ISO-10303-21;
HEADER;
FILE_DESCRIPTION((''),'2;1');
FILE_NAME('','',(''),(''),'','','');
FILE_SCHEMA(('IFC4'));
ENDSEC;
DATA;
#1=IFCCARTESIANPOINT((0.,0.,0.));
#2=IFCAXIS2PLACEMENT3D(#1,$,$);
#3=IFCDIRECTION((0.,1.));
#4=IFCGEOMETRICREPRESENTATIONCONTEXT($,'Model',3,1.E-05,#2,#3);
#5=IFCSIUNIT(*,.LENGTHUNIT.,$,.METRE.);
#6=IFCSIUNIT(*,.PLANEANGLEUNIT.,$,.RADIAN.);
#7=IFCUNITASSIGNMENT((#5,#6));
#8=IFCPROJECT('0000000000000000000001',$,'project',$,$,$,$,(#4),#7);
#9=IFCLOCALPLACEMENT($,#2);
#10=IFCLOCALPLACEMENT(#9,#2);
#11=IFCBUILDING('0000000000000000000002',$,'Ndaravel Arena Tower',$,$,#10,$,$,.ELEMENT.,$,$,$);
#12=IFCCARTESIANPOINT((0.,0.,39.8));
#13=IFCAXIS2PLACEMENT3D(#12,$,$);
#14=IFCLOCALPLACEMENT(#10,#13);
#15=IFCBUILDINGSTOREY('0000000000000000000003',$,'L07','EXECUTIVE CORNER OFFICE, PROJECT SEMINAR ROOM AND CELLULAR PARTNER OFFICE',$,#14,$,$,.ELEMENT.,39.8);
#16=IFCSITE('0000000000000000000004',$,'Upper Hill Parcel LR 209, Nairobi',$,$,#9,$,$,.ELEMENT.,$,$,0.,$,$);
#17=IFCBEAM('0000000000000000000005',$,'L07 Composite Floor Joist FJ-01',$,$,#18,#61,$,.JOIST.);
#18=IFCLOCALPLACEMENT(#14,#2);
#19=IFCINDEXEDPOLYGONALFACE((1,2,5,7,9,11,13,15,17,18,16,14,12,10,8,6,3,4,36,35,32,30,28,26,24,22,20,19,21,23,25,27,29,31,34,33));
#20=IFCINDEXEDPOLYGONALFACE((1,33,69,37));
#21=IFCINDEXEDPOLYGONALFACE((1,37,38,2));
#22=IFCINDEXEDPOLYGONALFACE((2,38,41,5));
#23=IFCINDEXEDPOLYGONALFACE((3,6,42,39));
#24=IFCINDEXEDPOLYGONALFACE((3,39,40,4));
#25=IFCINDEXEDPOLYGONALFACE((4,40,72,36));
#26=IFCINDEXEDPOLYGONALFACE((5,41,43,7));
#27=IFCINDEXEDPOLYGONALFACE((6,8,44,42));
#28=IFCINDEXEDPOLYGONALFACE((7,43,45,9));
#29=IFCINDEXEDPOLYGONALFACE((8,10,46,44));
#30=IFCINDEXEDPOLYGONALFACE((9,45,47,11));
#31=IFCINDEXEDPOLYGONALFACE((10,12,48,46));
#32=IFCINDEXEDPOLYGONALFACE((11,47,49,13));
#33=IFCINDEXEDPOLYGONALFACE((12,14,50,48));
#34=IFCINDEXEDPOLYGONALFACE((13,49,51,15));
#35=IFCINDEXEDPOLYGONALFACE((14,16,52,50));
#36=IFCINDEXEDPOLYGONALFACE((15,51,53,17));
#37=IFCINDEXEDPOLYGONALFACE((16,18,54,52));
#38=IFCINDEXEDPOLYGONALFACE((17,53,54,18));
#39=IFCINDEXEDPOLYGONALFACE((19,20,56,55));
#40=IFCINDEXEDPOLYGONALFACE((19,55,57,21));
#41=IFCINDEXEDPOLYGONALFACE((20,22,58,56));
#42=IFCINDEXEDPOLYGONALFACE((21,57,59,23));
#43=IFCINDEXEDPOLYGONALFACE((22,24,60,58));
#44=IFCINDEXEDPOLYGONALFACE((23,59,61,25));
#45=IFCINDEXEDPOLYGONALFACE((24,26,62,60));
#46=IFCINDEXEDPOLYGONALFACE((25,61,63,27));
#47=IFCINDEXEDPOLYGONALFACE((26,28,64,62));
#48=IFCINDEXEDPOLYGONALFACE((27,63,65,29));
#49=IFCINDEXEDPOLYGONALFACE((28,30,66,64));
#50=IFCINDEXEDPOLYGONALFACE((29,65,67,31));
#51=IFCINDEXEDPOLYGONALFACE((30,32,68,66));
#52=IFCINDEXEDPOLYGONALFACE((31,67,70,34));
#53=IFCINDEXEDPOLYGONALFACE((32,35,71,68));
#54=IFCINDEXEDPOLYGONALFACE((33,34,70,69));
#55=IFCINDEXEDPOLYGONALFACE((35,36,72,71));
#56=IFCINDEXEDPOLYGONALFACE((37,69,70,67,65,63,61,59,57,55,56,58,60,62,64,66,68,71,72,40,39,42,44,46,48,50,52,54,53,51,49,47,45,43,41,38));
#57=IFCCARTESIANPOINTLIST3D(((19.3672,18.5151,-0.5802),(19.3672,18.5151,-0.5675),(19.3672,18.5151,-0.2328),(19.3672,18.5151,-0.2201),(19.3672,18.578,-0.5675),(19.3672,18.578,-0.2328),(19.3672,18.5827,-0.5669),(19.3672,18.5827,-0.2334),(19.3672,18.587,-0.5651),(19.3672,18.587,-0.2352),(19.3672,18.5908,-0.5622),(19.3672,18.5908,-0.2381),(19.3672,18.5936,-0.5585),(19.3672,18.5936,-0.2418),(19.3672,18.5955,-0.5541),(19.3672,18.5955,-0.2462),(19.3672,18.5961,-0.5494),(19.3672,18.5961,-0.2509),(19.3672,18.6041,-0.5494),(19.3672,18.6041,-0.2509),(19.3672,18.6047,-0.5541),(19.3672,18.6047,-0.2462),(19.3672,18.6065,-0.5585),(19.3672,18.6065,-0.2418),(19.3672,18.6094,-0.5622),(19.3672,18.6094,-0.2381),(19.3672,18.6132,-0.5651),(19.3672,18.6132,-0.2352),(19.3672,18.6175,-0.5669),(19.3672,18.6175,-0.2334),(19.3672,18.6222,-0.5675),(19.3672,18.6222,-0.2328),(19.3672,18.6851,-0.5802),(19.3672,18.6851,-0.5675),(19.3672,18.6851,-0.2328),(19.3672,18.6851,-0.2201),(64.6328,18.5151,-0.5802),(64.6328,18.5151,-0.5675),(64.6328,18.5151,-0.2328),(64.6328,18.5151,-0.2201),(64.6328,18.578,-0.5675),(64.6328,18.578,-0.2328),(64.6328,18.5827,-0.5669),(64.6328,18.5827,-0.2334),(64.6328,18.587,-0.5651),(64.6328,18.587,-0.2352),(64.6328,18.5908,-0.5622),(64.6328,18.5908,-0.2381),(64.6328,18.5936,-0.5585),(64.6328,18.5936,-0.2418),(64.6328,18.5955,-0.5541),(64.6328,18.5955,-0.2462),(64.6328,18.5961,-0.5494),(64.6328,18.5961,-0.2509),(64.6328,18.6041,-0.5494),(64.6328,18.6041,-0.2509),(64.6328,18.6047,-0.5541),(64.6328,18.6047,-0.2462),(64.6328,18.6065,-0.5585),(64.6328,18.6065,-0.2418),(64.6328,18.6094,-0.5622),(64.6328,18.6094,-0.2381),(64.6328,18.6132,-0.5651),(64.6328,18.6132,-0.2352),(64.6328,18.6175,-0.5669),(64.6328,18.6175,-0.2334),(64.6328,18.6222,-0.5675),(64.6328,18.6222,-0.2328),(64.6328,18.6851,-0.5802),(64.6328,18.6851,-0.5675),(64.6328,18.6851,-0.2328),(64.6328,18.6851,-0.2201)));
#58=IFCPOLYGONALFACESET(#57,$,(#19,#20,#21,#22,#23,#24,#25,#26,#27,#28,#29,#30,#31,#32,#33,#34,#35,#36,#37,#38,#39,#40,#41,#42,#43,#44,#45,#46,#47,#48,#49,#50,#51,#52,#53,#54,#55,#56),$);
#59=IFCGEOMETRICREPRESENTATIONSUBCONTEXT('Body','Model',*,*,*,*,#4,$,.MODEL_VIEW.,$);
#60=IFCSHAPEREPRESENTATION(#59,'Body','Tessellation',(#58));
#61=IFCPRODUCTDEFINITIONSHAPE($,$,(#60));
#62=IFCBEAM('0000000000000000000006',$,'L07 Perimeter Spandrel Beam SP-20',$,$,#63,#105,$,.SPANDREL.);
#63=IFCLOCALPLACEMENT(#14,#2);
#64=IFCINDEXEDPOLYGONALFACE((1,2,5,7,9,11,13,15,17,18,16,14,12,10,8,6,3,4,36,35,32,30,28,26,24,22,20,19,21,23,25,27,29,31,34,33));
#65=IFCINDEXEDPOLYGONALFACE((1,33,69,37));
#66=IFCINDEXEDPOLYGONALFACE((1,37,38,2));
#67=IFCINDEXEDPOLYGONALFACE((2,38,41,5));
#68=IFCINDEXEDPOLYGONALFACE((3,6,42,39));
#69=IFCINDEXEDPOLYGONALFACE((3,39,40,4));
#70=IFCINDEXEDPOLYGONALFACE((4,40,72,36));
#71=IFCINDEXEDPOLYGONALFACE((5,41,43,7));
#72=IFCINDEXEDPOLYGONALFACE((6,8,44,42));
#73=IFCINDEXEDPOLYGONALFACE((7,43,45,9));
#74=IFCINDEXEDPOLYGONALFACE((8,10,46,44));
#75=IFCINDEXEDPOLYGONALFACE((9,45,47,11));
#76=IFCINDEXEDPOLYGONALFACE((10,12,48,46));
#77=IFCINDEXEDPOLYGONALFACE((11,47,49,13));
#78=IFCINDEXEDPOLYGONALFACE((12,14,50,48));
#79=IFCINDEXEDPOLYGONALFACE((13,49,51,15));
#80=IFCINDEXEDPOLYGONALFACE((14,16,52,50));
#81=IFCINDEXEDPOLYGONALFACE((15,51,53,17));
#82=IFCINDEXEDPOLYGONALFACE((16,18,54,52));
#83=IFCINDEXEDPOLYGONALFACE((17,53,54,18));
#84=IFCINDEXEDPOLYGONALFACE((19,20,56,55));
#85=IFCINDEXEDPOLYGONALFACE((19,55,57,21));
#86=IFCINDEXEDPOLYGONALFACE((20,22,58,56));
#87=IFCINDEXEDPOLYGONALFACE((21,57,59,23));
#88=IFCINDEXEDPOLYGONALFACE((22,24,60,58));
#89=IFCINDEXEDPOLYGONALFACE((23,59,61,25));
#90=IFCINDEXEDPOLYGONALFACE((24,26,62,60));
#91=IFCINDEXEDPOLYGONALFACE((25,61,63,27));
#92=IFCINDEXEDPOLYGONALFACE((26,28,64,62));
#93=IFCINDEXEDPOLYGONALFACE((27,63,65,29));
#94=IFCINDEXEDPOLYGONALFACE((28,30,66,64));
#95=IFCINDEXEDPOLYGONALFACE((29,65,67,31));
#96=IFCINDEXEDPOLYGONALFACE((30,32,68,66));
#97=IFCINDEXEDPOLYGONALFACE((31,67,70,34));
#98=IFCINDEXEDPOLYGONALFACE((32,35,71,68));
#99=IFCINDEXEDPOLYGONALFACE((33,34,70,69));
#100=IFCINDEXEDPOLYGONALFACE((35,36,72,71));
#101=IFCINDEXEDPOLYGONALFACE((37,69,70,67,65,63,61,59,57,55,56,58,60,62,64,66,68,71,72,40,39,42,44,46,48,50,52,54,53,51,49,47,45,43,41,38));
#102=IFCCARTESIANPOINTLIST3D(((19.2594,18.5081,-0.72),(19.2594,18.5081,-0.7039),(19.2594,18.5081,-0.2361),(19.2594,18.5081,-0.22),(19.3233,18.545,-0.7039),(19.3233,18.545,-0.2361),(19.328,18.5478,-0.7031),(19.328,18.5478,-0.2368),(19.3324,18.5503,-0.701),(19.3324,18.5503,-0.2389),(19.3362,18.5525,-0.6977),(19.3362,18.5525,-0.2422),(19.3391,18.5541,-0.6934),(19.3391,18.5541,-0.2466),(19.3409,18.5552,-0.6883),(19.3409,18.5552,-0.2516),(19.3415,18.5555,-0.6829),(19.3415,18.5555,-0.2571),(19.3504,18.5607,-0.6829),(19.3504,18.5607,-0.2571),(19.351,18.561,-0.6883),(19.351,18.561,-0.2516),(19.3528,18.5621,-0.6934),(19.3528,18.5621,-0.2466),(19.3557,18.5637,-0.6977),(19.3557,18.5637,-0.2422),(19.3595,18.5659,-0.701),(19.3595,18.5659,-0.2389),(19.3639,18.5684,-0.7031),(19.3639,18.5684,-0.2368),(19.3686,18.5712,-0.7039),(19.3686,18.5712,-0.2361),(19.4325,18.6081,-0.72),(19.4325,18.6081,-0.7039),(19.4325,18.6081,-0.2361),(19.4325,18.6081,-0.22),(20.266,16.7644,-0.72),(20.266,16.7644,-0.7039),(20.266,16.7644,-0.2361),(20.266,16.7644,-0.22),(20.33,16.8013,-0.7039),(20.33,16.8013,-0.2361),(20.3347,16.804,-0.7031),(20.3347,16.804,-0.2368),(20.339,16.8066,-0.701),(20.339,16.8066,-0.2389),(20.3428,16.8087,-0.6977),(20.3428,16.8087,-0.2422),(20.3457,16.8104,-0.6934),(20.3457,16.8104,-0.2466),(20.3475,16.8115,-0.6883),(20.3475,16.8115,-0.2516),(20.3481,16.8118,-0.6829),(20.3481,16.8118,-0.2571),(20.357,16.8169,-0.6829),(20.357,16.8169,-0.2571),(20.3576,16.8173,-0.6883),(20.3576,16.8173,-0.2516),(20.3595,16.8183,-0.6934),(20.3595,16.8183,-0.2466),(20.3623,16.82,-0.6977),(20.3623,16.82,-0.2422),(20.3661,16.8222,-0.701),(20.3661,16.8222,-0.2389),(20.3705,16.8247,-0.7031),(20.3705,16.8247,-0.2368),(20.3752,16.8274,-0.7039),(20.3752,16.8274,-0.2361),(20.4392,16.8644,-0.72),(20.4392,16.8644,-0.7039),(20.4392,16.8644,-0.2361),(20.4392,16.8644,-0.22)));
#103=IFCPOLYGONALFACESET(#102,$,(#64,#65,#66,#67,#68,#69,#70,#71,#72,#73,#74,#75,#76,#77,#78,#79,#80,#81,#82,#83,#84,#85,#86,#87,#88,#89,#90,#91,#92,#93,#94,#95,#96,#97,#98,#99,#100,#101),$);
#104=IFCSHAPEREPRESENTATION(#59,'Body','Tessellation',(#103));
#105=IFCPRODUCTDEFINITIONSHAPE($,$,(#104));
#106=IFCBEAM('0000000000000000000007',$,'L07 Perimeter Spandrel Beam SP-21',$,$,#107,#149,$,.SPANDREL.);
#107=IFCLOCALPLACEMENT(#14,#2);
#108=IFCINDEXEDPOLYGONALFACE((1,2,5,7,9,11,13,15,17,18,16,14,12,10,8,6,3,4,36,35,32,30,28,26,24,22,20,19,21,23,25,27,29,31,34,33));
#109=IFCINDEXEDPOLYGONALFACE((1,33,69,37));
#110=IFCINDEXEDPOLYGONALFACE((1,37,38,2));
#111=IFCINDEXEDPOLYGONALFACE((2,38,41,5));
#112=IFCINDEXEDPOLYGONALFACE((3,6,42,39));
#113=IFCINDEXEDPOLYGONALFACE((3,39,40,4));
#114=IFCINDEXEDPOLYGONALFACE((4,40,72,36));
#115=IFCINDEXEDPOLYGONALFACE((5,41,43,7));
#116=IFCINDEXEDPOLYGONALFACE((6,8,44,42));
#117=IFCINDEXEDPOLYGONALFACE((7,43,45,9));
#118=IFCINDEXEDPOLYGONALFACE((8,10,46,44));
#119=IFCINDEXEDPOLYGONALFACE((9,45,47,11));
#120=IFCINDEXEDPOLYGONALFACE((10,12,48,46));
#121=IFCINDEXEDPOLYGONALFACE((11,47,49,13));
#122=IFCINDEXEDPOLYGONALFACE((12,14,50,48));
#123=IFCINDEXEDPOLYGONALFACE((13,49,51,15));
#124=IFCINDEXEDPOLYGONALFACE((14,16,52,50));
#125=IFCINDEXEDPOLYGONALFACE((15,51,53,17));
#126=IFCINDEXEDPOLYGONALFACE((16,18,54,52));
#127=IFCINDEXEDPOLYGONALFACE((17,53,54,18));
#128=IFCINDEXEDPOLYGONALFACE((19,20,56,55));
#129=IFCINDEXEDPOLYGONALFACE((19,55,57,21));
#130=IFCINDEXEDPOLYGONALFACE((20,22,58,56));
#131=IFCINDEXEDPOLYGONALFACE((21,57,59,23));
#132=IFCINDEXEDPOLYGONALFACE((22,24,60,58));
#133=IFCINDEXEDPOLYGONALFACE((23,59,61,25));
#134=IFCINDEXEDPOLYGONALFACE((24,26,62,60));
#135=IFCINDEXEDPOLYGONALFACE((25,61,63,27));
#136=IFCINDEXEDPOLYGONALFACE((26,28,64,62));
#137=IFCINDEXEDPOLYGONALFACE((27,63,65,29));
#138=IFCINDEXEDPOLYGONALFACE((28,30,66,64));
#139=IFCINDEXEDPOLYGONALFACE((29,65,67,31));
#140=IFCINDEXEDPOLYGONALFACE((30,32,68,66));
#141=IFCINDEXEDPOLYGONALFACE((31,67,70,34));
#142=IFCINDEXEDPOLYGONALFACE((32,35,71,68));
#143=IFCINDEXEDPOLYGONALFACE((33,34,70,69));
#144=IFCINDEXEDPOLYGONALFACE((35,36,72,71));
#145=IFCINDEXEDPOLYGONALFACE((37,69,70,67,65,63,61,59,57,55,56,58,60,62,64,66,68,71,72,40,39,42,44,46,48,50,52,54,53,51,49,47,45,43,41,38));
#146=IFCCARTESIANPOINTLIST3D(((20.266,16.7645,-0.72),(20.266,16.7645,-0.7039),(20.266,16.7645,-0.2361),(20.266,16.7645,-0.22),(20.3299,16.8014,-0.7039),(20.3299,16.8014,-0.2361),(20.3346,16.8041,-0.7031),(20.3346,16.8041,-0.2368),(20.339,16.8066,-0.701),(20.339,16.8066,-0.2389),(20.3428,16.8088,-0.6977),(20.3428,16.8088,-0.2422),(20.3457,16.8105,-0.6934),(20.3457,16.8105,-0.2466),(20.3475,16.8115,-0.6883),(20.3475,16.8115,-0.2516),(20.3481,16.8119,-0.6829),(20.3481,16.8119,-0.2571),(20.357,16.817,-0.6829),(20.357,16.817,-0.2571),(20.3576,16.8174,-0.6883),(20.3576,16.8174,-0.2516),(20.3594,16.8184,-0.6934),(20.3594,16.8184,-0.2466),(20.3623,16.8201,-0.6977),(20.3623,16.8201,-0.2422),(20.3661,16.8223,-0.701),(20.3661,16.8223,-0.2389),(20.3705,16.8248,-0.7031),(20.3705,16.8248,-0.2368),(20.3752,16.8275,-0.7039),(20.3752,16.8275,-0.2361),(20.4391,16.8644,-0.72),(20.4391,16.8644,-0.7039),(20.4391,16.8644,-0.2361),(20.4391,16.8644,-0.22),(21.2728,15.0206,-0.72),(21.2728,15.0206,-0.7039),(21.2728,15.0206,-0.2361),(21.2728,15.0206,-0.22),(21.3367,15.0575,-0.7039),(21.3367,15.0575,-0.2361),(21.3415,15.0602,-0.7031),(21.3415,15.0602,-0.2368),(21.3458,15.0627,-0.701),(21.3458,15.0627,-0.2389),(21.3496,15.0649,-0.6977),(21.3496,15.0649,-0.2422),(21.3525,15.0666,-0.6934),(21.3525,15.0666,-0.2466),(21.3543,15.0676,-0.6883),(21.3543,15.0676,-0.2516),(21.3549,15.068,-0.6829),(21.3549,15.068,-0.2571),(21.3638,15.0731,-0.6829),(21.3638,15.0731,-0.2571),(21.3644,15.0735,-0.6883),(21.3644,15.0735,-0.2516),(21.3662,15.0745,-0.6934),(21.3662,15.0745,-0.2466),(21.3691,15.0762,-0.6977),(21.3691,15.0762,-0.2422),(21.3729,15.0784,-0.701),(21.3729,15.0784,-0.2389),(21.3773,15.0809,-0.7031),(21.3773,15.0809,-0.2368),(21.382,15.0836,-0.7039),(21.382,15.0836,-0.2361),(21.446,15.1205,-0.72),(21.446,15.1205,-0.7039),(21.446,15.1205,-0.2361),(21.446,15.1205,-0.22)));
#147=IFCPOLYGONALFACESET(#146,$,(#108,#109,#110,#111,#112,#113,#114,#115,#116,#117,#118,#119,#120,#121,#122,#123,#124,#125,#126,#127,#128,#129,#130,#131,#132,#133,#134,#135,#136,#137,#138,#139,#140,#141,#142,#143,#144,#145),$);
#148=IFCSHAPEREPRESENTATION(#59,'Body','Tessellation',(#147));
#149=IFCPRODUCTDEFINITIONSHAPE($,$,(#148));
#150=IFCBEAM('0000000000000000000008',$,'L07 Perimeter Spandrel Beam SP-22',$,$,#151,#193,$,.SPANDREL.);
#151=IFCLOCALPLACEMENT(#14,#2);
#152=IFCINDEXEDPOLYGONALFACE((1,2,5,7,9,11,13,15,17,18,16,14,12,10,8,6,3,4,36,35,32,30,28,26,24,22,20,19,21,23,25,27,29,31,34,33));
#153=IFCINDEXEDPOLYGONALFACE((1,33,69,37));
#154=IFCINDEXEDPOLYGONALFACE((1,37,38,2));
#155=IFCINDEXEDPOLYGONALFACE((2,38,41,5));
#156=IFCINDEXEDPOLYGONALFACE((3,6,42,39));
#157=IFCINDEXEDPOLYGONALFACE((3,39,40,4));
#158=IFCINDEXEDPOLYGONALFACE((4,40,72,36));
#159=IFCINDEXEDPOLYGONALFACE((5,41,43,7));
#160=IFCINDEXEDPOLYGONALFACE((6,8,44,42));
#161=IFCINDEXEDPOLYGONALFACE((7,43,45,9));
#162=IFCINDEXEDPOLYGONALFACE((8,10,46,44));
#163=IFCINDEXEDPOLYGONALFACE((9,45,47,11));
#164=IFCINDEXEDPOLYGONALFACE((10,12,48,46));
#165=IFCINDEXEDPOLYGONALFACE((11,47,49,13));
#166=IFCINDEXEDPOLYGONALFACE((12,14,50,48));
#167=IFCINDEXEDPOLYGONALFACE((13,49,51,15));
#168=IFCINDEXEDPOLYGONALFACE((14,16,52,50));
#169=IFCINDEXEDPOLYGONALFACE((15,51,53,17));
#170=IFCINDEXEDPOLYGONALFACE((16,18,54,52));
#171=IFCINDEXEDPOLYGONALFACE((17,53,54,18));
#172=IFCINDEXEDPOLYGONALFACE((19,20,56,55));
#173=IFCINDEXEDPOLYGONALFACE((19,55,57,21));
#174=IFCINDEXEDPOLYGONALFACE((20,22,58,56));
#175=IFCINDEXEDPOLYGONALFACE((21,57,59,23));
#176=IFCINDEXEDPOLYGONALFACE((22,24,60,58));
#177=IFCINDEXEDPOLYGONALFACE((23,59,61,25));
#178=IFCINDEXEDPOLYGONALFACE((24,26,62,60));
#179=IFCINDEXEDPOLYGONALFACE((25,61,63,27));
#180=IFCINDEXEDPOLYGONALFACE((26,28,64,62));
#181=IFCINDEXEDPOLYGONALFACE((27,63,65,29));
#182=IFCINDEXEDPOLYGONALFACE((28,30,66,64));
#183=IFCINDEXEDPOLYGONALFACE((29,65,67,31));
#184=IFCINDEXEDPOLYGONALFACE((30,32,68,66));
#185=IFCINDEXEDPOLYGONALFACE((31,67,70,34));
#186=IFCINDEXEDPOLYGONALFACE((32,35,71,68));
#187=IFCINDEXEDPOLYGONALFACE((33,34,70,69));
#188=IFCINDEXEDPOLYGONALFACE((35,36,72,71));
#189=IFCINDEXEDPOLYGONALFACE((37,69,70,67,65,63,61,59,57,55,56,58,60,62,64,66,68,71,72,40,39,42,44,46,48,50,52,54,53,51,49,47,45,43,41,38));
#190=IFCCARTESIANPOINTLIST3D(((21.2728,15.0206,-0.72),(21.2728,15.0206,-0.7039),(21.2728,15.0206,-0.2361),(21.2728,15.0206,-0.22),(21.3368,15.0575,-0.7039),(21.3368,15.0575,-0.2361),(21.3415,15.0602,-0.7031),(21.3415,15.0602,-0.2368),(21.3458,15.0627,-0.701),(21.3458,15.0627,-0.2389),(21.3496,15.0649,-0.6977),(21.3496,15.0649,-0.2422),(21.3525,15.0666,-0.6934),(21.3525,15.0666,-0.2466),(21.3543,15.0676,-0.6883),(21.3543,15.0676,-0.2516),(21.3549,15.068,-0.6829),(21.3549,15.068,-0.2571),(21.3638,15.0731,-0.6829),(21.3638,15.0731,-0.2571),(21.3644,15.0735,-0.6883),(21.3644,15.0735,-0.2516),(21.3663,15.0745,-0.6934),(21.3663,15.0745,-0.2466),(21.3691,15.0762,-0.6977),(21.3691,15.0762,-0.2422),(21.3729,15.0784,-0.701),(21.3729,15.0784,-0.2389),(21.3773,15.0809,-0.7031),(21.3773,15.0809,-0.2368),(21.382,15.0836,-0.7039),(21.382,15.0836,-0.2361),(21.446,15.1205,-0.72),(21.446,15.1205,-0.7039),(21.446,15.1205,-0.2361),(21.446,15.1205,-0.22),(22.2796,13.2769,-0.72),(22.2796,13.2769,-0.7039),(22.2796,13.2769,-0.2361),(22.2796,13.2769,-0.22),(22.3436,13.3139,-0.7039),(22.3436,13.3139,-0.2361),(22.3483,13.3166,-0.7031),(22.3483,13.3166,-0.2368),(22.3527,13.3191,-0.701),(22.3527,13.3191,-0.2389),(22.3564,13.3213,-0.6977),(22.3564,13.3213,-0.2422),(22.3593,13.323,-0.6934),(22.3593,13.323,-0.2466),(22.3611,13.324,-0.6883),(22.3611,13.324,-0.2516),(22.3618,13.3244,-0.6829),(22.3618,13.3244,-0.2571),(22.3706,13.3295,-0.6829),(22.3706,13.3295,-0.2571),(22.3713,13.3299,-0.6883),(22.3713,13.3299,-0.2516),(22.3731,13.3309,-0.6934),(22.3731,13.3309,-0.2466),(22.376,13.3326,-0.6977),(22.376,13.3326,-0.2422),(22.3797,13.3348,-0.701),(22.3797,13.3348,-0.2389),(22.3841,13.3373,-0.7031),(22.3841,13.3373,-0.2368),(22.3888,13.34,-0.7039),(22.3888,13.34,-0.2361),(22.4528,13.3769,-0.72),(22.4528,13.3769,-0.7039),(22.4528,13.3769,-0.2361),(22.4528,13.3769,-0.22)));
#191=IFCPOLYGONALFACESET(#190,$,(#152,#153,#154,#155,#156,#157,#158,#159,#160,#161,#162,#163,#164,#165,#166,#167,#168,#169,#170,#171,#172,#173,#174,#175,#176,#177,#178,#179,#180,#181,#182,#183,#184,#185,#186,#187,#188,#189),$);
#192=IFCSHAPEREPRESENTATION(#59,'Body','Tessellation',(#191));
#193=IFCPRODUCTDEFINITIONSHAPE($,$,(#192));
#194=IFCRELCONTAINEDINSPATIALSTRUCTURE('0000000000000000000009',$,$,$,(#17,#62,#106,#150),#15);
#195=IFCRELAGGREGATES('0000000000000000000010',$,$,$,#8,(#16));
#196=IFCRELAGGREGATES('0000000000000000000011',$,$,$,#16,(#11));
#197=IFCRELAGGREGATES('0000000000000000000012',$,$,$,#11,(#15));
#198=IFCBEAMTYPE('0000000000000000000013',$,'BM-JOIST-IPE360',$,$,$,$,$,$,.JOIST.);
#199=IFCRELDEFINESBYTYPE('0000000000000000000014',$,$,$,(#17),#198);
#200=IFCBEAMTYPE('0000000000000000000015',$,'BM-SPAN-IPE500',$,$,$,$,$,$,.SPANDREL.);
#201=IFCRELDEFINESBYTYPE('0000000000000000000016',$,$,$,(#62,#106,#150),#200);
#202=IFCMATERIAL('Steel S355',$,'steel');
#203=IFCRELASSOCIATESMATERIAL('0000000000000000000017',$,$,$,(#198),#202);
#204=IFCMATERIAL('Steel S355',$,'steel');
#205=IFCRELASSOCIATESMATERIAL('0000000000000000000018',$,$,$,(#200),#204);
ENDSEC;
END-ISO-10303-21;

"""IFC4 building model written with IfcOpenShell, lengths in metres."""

from ifc_helpers import new_model, si_unit, direction, frame, origin, origin_2d, place, context, subcontext, project, spatial, i_section, extrude, material, material_profile, profile_set, type_object, element, save


model = new_model("IFC4")

# Units and contexts
model_context = context("Model", 3, precision=1e-05, world=origin(), true_north=direction((0.0, 1.0)))
body_context = subcontext(model_context, "Body", "Model", "MODEL_VIEW")
ifc_project = project(units=[si_unit("LENGTHUNIT", "METRE"), si_unit("PLANEANGLEUNIT", "RADIAN")], contexts=[model_context])

# Site, building, storey
site_placement = place(None, origin())
site = spatial("IfcSite", under=ifc_project, at=site_placement, Name="Upper Hill Parcel LR 209, Nairobi", CompositionType="ELEMENT", RefElevation=0.0)
building_placement = place(site_placement, origin())
building = spatial("IfcBuilding", under=site, at=building_placement, Name="Ndaravel Arena Tower", CompositionType="ELEMENT")
storey_placement = place(building_placement, frame((0.0, 0.0, 39.8)))
storey = spatial("IfcBuildingStorey", under=building, at=storey_placement, Name="L07", Description="EXECUTIVE CORNER OFFICE, PROJECT SEMINAR ROOM AND CELLULAR PARTNER OFFICE", CompositionType="ELEMENT", Elevation=39.8)

# Beams
ifc_material_1 = material(Name="Steel S355", Category="steel")
ifc_material_profile_1 = material_profile(ifc_material_1, i_section(OverallWidth=0.1699, OverallDepth=0.3601, WebThickness=0.0081, FlangeThickness=0.0127, FilletRadius=0.0181, at=origin_2d()), Name="IPE 360")
ifc_profile_set_1 = profile_set([ifc_material_profile_1], Name="Steel S355")
beam_type_1 = type_object("IfcBeamType", Name="BM-JOIST-IPE360", PredefinedType="JOIST", material=ifc_profile_set_1)
beam_1_placement = place(storey_placement, frame((19.3672, 18.6001, -0.4001), z_axis=(1.0, 0.0, 0.0), x_axis=(0.0, 1.0, 0.0)))
element("IfcBeam", 1, at=beam_1_placement, inside=storey, type_object=beam_type_1, Name="L07 Composite Floor Joist FJ-01", PredefinedType="JOIST", context=body_context, shape_type="SweptSolid", body=[
    extrude(i_section(OverallWidth=0.1699, OverallDepth=0.3601, WebThickness=0.0081, FlangeThickness=0.0127, FilletRadius=0.0181, at=origin_2d()), origin(), (0.0, 0.0, 1.0), 45.2656),
])
ifc_material_2 = material(Name="Steel S355", Category="steel")
ifc_material_profile_2 = material_profile(ifc_material_2, i_section(OverallWidth=0.2, OverallDepth=0.5, WebThickness=0.0103, FlangeThickness=0.0161, FilletRadius=0.021, at=origin_2d()), Name="IPE 500")
ifc_profile_set_2 = profile_set([ifc_material_profile_2], Name="Steel S355")
beam_type_2 = type_object("IfcBeamType", Name="BM-SPAN-IPE500", PredefinedType="SPANDREL", material=ifc_profile_set_2)
beam_2_placement = place(storey_placement, frame((19.3459, 18.5581, -0.47), z_axis=(0.49996, -0.866048, 0.0), x_axis=(0.866048, 0.49996, 0.0)))
element("IfcBeam", 2, at=beam_2_placement, inside=storey, type_object=beam_type_2, Name="L07 Perimeter Spandrel Beam SP-20", PredefinedType="SPANDREL", context=body_context, shape_type="SweptSolid", body=[
    extrude(i_section(OverallWidth=0.2, OverallDepth=0.5, WebThickness=0.0103, FlangeThickness=0.0161, FilletRadius=0.021, at=origin_2d()), origin(), (0.0, 0.0, 1.0), 2.0134),
])
beam_3_placement = place(storey_placement, frame((20.3525, 16.8145, -0.47), z_axis=(0.499999, -0.866026, 0.0), x_axis=(0.866026, 0.499999, 0.0)))
element("IfcBeam", 3, at=beam_3_placement, inside=storey, type_object=beam_type_2, Name="L07 Perimeter Spandrel Beam SP-21", PredefinedType="SPANDREL", context=body_context, shape_type="SweptSolid", body=[
    extrude(i_section(OverallWidth=0.2, OverallDepth=0.5, WebThickness=0.0103, FlangeThickness=0.0161, FilletRadius=0.021, at=origin_2d()), origin(), (0.0, 0.0, 1.0), 2.0137),
])
beam_4_placement = place(storey_placement, frame((21.3594, 15.0706, -0.47), z_axis=(0.500051, -0.865996, 0.0), x_axis=(0.865996, 0.500051, 0.0)))
element("IfcBeam", 4, at=beam_4_placement, inside=storey, type_object=beam_type_2, Name="L07 Perimeter Spandrel Beam SP-22", PredefinedType="SPANDREL", context=body_context, shape_type="SweptSolid", body=[
    extrude(i_section(OverallWidth=0.2, OverallDepth=0.5, WebThickness=0.0103, FlangeThickness=0.0161, FilletRadius=0.021, at=origin_2d()), origin(), (0.0, 0.0, 1.0), 2.0134),
])

save(model, "model.ifc")
